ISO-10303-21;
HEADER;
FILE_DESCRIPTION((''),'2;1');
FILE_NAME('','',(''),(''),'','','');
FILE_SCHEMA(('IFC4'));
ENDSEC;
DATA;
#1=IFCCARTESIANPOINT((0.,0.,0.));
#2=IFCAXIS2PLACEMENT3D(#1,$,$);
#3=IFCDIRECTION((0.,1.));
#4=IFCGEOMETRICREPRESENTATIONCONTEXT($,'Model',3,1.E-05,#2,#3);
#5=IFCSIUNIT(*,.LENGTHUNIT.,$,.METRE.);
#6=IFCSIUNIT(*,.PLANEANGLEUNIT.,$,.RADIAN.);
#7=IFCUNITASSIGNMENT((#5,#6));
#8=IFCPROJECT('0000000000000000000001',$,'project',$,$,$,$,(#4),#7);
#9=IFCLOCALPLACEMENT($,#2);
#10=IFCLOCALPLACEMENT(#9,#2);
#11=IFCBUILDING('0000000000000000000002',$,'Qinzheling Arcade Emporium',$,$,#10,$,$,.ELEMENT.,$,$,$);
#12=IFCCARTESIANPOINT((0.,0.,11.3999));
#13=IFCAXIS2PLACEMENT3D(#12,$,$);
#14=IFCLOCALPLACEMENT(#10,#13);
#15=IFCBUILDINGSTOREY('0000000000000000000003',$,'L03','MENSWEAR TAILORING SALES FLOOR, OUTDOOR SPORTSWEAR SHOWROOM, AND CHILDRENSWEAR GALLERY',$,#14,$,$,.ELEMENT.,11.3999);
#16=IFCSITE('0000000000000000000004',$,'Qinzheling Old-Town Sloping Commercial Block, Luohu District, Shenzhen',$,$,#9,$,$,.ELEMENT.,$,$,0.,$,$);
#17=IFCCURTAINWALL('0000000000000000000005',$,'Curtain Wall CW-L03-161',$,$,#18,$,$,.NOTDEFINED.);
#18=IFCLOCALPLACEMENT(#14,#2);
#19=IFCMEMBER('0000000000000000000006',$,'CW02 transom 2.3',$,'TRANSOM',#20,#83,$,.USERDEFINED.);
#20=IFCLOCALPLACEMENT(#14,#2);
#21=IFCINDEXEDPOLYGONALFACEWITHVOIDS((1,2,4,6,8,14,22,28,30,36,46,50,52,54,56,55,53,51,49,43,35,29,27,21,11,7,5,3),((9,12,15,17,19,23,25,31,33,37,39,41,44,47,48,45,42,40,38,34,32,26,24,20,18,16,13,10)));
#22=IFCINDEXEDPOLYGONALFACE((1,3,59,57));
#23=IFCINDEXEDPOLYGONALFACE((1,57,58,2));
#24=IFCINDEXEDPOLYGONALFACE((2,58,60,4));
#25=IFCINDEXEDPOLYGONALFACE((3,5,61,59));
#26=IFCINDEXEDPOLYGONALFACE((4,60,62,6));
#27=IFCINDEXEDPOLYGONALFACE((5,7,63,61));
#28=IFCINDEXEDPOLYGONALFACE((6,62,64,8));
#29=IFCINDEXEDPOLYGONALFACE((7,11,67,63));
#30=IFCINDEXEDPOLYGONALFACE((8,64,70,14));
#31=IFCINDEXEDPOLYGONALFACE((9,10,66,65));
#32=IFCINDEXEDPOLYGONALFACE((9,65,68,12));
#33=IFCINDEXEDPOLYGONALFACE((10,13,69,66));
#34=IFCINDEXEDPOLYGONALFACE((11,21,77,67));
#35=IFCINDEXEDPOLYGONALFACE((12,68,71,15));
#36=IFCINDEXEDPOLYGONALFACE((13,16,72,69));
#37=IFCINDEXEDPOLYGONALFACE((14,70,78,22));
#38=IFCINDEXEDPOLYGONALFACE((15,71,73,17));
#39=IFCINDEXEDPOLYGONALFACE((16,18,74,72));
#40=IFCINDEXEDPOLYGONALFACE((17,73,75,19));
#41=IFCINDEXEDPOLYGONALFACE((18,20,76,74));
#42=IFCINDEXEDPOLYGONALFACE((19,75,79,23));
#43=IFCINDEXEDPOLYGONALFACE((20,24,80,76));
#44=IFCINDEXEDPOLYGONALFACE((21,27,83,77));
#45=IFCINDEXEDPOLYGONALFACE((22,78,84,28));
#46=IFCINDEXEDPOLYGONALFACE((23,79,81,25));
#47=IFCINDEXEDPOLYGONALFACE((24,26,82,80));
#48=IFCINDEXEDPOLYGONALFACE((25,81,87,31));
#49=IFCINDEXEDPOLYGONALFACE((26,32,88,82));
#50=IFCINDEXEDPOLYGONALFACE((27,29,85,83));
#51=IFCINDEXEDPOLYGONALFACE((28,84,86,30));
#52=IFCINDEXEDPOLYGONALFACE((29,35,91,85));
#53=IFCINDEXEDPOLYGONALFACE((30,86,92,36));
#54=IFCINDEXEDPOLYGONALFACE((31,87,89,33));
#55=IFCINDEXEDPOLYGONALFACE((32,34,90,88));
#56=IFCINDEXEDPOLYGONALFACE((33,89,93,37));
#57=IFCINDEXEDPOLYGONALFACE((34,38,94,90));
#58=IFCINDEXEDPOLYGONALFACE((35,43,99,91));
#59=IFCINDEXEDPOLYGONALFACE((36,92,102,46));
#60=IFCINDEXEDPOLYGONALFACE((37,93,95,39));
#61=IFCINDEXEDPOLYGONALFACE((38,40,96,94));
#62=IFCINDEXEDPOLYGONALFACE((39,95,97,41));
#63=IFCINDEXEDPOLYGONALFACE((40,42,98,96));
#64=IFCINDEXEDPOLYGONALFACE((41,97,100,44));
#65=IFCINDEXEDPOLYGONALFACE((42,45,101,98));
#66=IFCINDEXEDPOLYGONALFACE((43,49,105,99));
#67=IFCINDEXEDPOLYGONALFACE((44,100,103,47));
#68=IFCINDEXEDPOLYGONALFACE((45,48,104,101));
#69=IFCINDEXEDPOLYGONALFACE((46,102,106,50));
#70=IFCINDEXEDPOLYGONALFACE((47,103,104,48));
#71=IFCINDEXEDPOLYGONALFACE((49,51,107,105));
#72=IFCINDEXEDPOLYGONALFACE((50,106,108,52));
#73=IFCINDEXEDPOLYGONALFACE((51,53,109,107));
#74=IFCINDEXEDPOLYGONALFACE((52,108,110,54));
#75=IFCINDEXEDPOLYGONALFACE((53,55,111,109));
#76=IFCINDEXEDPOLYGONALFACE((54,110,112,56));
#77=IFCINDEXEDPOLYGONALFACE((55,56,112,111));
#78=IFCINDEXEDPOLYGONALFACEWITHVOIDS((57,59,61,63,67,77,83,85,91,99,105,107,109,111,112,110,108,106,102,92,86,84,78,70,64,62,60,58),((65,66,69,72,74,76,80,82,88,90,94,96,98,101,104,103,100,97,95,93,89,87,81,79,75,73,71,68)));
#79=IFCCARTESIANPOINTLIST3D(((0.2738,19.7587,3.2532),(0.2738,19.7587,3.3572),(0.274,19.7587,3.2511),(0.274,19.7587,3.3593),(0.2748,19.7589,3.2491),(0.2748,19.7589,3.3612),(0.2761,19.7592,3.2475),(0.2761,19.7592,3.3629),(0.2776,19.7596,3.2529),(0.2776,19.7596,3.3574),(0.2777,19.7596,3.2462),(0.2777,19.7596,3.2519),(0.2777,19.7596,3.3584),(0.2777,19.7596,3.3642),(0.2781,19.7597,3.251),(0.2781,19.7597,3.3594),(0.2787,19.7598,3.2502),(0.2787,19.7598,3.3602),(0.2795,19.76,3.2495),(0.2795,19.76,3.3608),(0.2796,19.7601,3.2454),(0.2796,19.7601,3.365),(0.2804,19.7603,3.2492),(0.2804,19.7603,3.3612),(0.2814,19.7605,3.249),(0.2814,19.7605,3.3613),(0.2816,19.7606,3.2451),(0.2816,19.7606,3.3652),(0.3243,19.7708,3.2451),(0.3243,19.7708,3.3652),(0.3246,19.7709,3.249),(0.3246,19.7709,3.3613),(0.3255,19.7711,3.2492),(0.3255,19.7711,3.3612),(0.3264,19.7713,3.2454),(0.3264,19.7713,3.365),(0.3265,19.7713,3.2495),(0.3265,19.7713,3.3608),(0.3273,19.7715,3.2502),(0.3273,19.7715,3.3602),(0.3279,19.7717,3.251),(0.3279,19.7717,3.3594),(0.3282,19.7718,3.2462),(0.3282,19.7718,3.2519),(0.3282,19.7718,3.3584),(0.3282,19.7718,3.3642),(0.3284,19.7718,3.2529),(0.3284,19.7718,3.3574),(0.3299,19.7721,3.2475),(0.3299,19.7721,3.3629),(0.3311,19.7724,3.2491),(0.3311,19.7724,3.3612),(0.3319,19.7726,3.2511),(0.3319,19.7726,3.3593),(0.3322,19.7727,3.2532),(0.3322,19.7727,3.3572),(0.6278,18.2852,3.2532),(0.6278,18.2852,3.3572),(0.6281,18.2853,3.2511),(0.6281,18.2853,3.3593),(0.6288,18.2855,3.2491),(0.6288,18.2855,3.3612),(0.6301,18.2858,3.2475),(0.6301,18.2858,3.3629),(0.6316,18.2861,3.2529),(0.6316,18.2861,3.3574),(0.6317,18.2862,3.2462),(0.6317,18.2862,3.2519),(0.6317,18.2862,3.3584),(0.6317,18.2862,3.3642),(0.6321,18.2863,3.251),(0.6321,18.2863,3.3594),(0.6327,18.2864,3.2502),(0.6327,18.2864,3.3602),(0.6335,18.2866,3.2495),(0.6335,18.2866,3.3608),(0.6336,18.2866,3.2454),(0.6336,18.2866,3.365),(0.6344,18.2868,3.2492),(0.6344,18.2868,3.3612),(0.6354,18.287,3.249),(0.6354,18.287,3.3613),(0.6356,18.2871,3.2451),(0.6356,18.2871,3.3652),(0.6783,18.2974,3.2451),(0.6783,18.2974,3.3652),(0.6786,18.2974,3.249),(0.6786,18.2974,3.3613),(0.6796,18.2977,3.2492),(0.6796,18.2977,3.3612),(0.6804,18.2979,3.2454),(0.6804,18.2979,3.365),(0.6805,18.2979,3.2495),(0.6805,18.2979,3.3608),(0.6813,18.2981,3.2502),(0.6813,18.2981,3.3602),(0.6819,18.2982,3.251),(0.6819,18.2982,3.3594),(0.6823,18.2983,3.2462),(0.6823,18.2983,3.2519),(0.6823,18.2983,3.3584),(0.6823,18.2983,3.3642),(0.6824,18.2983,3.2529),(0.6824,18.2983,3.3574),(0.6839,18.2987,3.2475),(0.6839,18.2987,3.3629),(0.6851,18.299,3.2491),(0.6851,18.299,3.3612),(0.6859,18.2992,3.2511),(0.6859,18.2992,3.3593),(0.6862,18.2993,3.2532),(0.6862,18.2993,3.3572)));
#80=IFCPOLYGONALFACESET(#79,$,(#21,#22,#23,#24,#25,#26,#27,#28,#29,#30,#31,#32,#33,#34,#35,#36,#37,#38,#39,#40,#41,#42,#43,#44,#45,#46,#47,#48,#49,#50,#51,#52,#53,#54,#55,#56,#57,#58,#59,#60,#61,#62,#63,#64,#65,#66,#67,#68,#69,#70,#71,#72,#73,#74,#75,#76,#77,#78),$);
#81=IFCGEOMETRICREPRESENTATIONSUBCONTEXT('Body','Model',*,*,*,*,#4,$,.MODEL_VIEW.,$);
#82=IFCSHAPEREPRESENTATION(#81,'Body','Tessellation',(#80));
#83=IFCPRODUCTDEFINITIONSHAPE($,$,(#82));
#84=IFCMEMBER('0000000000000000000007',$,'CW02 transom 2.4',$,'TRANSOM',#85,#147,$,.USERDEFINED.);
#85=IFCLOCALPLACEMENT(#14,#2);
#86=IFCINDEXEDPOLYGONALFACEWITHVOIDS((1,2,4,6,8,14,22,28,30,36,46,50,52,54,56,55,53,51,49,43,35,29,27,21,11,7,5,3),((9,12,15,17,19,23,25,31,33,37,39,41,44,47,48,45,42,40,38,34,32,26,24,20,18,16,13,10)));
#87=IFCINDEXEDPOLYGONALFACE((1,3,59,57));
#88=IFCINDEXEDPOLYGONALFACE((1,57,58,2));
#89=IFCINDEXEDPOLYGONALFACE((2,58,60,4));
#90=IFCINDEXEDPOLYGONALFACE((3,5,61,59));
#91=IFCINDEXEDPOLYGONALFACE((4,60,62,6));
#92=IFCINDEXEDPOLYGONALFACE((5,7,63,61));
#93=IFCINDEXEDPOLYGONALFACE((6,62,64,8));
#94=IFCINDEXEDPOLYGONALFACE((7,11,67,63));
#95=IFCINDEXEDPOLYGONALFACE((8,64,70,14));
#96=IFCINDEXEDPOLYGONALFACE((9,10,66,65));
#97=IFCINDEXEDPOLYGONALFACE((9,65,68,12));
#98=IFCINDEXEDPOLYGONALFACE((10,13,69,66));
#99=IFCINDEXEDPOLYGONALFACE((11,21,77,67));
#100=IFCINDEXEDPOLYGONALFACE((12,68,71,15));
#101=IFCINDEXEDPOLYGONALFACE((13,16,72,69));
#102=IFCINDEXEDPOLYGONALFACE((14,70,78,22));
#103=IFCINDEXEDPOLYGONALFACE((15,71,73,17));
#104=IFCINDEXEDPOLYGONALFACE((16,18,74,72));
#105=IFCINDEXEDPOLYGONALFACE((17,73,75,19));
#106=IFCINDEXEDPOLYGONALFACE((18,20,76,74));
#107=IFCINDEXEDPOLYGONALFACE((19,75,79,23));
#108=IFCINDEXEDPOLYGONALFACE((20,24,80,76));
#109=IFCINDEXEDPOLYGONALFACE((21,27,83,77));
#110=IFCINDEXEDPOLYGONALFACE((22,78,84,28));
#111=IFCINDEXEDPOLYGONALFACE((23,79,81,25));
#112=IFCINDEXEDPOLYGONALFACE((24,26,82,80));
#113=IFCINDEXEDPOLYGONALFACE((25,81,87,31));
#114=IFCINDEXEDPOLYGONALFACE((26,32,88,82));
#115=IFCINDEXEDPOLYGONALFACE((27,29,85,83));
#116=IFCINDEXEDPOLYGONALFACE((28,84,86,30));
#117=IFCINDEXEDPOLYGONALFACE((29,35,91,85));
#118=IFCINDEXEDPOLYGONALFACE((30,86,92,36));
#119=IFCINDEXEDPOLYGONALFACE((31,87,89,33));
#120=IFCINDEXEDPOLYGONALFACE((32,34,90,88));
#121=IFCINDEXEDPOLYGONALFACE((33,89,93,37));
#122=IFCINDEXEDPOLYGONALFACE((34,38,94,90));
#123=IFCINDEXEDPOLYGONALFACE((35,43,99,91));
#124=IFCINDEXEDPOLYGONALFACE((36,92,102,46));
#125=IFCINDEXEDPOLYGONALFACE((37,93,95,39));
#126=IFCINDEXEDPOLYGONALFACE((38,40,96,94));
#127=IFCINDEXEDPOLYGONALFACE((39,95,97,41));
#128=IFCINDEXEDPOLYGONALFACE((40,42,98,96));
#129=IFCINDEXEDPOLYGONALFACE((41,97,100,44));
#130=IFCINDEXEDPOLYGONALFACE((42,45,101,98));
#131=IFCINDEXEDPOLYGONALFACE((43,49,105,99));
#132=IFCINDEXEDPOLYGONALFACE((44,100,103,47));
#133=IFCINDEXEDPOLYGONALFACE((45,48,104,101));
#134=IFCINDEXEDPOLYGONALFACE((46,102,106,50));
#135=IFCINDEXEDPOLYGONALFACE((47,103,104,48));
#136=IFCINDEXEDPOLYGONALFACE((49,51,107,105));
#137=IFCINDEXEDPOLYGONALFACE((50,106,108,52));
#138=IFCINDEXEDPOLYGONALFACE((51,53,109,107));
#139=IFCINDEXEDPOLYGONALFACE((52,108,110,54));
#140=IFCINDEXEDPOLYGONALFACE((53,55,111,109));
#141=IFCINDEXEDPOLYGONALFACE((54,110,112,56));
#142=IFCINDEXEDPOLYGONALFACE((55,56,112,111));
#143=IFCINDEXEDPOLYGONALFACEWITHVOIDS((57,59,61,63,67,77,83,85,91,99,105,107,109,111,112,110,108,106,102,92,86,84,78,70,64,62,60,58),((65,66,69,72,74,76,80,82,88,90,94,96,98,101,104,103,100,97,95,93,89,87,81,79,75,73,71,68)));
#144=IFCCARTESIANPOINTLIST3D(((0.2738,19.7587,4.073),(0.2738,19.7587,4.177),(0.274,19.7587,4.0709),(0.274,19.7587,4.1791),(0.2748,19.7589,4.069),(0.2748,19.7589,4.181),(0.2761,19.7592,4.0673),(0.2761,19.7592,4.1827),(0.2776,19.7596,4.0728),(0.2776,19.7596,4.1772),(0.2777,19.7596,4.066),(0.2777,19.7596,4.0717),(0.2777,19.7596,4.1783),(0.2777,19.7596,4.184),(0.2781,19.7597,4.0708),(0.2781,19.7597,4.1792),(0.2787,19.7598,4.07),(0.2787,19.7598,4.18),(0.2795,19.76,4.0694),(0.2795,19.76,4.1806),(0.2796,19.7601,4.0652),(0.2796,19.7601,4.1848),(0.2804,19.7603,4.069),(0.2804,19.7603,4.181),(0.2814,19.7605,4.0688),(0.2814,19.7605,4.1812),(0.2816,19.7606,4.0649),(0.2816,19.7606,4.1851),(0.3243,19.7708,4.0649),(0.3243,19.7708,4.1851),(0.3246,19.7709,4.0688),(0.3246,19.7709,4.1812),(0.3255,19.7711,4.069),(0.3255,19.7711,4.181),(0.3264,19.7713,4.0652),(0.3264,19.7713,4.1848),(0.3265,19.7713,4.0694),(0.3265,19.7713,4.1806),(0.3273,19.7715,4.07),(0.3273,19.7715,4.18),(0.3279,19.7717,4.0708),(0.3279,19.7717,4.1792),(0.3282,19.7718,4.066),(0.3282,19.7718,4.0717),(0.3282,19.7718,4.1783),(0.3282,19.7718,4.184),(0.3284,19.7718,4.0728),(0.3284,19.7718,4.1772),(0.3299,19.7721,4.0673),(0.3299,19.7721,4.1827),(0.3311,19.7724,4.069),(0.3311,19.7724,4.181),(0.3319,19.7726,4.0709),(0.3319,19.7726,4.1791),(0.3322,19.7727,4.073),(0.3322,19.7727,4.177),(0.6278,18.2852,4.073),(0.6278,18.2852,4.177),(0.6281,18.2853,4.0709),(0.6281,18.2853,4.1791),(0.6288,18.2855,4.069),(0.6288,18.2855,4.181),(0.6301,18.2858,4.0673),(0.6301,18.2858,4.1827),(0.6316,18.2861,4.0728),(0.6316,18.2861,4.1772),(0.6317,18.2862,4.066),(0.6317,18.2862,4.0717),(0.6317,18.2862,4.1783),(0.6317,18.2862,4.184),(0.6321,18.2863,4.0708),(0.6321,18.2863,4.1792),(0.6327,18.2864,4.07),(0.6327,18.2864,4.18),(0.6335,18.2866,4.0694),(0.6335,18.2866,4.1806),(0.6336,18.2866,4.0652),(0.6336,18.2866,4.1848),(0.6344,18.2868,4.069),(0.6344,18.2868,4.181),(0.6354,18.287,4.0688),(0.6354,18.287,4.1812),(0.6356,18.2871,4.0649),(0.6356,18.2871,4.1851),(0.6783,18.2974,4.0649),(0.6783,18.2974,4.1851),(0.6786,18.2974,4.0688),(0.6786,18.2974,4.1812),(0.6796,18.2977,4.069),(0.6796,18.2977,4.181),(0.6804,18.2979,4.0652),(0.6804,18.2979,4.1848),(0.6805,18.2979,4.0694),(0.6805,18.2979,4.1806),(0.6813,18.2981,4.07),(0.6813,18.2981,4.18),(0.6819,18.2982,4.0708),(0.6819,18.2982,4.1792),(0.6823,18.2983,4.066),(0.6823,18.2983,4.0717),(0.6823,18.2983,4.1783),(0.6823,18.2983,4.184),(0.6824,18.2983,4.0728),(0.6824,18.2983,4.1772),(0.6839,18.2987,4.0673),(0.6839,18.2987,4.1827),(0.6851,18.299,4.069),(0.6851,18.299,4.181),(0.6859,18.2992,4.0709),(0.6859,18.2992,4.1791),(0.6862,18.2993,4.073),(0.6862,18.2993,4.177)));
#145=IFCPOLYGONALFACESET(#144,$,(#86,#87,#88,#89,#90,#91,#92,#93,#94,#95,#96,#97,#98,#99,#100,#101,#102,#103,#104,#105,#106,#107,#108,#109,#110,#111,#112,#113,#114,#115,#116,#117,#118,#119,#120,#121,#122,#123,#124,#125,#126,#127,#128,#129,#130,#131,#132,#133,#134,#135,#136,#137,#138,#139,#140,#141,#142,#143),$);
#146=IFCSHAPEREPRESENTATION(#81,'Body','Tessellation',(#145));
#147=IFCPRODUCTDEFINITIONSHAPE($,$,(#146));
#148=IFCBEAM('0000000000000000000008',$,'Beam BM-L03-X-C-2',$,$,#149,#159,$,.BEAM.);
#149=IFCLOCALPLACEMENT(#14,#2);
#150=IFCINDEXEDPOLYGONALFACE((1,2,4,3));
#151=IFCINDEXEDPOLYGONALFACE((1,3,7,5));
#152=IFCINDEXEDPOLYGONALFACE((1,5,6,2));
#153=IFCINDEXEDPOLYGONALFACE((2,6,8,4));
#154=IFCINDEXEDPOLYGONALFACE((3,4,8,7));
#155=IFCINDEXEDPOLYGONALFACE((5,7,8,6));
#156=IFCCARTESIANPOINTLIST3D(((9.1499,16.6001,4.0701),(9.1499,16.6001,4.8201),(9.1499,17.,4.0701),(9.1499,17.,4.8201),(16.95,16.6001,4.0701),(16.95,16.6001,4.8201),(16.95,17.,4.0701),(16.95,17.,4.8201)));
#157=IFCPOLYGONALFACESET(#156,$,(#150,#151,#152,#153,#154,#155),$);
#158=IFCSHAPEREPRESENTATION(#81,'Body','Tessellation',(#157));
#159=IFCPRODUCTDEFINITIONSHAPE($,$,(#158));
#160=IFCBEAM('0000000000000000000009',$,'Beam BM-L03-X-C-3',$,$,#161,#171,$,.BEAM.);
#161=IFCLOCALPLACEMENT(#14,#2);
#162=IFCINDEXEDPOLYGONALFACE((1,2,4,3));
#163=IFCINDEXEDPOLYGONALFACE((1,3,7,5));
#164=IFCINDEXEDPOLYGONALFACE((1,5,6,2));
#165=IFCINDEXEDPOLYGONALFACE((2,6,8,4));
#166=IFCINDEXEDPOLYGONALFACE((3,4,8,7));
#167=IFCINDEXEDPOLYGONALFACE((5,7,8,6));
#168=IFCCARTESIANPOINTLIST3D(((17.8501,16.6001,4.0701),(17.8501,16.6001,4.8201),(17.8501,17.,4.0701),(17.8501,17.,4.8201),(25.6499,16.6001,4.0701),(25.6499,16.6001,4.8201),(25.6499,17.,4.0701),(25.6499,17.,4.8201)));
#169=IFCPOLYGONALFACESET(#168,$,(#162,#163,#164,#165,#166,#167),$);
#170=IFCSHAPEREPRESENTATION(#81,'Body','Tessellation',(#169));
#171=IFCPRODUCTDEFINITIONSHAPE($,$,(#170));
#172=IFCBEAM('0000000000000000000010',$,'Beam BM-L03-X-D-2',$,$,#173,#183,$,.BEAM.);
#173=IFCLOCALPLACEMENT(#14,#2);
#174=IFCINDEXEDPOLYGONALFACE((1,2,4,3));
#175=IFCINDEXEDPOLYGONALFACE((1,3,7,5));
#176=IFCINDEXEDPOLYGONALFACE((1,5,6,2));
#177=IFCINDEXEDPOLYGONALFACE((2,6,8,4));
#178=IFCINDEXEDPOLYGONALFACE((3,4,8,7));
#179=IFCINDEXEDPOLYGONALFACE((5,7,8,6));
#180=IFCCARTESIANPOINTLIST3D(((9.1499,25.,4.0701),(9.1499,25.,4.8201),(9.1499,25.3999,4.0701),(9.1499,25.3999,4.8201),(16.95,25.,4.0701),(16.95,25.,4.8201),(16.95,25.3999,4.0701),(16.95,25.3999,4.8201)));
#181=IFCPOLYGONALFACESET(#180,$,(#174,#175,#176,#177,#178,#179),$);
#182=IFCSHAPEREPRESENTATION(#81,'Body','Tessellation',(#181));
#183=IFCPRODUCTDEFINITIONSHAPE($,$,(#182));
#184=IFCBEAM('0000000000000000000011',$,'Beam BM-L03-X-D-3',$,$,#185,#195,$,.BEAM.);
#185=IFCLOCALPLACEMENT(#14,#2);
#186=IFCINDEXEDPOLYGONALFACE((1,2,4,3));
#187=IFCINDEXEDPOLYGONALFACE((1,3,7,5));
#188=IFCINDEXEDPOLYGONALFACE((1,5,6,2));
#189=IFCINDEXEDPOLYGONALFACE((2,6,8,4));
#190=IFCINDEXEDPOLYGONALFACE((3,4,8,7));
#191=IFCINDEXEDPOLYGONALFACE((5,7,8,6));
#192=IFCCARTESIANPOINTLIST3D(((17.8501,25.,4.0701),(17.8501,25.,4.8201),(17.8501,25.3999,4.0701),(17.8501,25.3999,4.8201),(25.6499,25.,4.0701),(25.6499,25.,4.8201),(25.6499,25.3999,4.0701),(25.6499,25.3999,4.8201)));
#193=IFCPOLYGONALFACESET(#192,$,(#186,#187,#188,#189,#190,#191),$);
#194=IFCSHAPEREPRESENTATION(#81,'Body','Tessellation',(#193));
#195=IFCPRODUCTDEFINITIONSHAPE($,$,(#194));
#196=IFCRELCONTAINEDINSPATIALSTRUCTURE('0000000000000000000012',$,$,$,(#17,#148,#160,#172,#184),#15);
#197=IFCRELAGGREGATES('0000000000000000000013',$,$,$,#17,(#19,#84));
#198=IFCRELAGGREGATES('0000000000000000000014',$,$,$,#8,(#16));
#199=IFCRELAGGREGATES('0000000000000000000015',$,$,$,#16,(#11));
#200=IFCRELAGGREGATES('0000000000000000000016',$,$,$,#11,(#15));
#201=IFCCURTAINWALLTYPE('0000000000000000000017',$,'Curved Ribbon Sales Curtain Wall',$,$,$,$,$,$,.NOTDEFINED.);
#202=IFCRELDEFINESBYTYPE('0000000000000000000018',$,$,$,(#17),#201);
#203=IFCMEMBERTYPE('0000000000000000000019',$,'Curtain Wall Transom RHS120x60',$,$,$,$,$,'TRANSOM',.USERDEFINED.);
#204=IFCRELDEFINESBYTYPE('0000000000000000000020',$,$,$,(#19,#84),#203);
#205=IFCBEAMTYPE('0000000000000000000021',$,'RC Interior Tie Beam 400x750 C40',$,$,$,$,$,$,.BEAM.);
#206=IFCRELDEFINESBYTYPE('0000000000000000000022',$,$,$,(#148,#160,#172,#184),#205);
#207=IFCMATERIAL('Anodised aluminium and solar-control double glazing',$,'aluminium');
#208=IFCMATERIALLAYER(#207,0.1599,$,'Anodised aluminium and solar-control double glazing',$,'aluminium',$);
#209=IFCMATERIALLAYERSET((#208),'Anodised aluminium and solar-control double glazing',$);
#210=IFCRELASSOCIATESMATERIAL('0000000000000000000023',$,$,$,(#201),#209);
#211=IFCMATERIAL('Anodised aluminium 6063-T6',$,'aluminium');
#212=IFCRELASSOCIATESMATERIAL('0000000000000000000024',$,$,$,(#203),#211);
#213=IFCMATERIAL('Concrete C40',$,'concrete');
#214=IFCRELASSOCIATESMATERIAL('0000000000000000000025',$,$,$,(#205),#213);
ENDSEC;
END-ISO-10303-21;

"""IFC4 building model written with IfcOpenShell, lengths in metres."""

from ifc_helpers import new_model, si_unit, direction, frame, origin, origin_2d, place, context, subcontext, project, spatial, rectangle, hollow_rectangle, extrude, material, layer, layer_set, material_profile, profile_set, type_object, element, aggregate, save


model = new_model("IFC4")

# Units and contexts
model_context = context("Model", 3, precision=1e-05, world=origin(), true_north=direction((0.0, 1.0)))
body_context = subcontext(model_context, "Body", "Model", "MODEL_VIEW")
ifc_project = project(units=[si_unit("LENGTHUNIT", "METRE"), si_unit("PLANEANGLEUNIT", "RADIAN")], contexts=[model_context])

# Site, building, storey
site_placement = place(None, origin())
site = spatial("IfcSite", under=ifc_project, at=site_placement, Name="Qinzheling Old-Town Sloping Commercial Block, Luohu District, Shenzhen", CompositionType="ELEMENT", RefElevation=0.0)
building_placement = place(site_placement, origin())
building = spatial("IfcBuilding", under=site, at=building_placement, Name="Qinzheling Arcade Emporium", CompositionType="ELEMENT")
storey_placement = place(building_placement, frame((0.0, 0.0, 11.3999)))
storey = spatial("IfcBuildingStorey", under=building, at=storey_placement, Name="L03", Description="MENSWEAR TAILORING SALES FLOOR, OUTDOOR SPORTSWEAR SHOWROOM, AND CHILDRENSWEAR GALLERY", CompositionType="ELEMENT", Elevation=11.3999)

# Curtain wall
ifc_material_1 = material(Name="Anodised aluminium and solar-control double glazing", Category="aluminium")
ifc_layer_1 = layer(ifc_material_1, 0.1599, Name="Anodised aluminium and solar-control double glazing", Category="aluminium")
ifc_layer_set_1 = layer_set([ifc_layer_1], Name="Anodised aluminium and solar-control double glazing")
curtain_wall_type = type_object("IfcCurtainWallType", Name="Curved Ribbon Sales Curtain Wall", PredefinedType="NOTDEFINED", material=ifc_layer_set_1)
ifc_material_2 = material(Name="Anodised aluminium 6063-T6", Category="aluminium")
curtain_wall_1_placement = place(storey_placement, origin())
curtain_wall_1 = element("IfcCurtainWall", 1, at=curtain_wall_1_placement, inside=storey, type_object=curtain_wall_type, Name="Curtain Wall CW-L03-161", PredefinedType="NOTDEFINED")

# Members
ifc_material_profile_1 = material_profile(ifc_material_2, hollow_rectangle(XDim=0.0601, YDim=0.1201, WallThickness=0.0039, InnerFilletRadius=0.0039, OuterFilletRadius=0.0081, at=origin_2d()), Name="RHS 120x60x4", Category="aluminium")
ifc_profile_set_1 = profile_set([ifc_material_profile_1], Name="Anodised aluminium 6063-T6")
member_type_1 = type_object("IfcMemberType", Name="Curtain Wall Transom RHS120x60", ElementType="TRANSOM", PredefinedType="USERDEFINED", material=ifc_profile_set_1)
member_1_placement = place(storey_placement, frame((0.657, 18.2922, 3.3052), z_axis=(-0.233617, 0.972329, 0.0), x_axis=(-0.972329, -0.233617, 0.0)))
member_1 = element("IfcMember", 2, at=member_1_placement, type_object=member_type_1, Name="CW02 transom 2.3", ObjectType="TRANSOM", PredefinedType="USERDEFINED", context=body_context, shape_type="SweptSolid", body=[
    extrude(hollow_rectangle(XDim=0.0601, YDim=0.1201, WallThickness=0.0039, InnerFilletRadius=0.0039, OuterFilletRadius=0.0081, at=origin_2d()), origin(), (0.0, 0.0, 1.0), 1.5154),
])
member_2_placement = place(storey_placement, frame((0.657, 18.2922, 4.125), z_axis=(-0.233617, 0.972329, 0.0), x_axis=(-0.972329, -0.233617, 0.0)))
member_2 = element("IfcMember", 3, at=member_2_placement, type_object=member_type_1, Name="CW02 transom 2.4", ObjectType="TRANSOM", PredefinedType="USERDEFINED", context=body_context, shape_type="SweptSolid", body=[
    extrude(hollow_rectangle(XDim=0.0601, YDim=0.1201, WallThickness=0.0039, InnerFilletRadius=0.0039, OuterFilletRadius=0.0081, at=origin_2d()), origin(), (0.0, 0.0, 1.0), 1.5154),
])

# Beams
ifc_material_3 = material(Name="Concrete C40", Category="concrete")
ifc_material_profile_2 = material_profile(ifc_material_3, rectangle(XDim=0.3999, YDim=0.75, at=origin_2d()), Name="RC 400x750", Category="concrete")
ifc_profile_set_2 = profile_set([ifc_material_profile_2], Name="Concrete C40")
beam_type_1 = type_object("IfcBeamType", Name="RC Interior Tie Beam 400x750 C40", PredefinedType="BEAM", material=ifc_profile_set_2)
beam_1_placement = place(storey_placement, frame((9.1499, 16.8, 4.4451), z_axis=(1.0, 0.0, 0.0), x_axis=(0.0, 1.0, 0.0)))
element("IfcBeam", 4, at=beam_1_placement, inside=storey, type_object=beam_type_1, Name="Beam BM-L03-X-C-2", PredefinedType="BEAM", context=body_context, shape_type="SweptSolid", body=[
    extrude(rectangle(XDim=0.3999, YDim=0.75, at=origin_2d()), origin(), (0.0, 0.0, 1.0), 7.8),
])
beam_2_placement = place(storey_placement, frame((17.8501, 16.8, 4.4451), z_axis=(1.0, 0.0, 0.0), x_axis=(0.0, 1.0, 0.0)))
element("IfcBeam", 5, at=beam_2_placement, inside=storey, type_object=beam_type_1, Name="Beam BM-L03-X-C-3", PredefinedType="BEAM", context=body_context, shape_type="SweptSolid", body=[
    extrude(rectangle(XDim=0.3999, YDim=0.75, at=origin_2d()), origin(), (0.0, 0.0, 1.0), 7.7998),
])
beam_3_placement = place(storey_placement, frame((9.1499, 25.2, 4.4451), z_axis=(1.0, 0.0, 0.0), x_axis=(0.0, 1.0, 0.0)))
element("IfcBeam", 6, at=beam_3_placement, inside=storey, type_object=beam_type_1, Name="Beam BM-L03-X-D-2", PredefinedType="BEAM", context=body_context, shape_type="SweptSolid", body=[
    extrude(rectangle(XDim=0.3999, YDim=0.75, at=origin_2d()), origin(), (0.0, 0.0, 1.0), 7.8),
])
beam_4_placement = place(storey_placement, frame((17.8501, 25.2, 4.4451), z_axis=(1.0, 0.0, 0.0), x_axis=(0.0, 1.0, 0.0)))
element("IfcBeam", 7, at=beam_4_placement, inside=storey, type_object=beam_type_1, Name="Beam BM-L03-X-D-3", PredefinedType="BEAM", context=body_context, shape_type="SweptSolid", body=[
    extrude(rectangle(XDim=0.3999, YDim=0.75, at=origin_2d()), origin(), (0.0, 0.0, 1.0), 7.7998),
])

aggregate(curtain_wall_1, [member_1, member_2])

save(model, "model.ifc")
